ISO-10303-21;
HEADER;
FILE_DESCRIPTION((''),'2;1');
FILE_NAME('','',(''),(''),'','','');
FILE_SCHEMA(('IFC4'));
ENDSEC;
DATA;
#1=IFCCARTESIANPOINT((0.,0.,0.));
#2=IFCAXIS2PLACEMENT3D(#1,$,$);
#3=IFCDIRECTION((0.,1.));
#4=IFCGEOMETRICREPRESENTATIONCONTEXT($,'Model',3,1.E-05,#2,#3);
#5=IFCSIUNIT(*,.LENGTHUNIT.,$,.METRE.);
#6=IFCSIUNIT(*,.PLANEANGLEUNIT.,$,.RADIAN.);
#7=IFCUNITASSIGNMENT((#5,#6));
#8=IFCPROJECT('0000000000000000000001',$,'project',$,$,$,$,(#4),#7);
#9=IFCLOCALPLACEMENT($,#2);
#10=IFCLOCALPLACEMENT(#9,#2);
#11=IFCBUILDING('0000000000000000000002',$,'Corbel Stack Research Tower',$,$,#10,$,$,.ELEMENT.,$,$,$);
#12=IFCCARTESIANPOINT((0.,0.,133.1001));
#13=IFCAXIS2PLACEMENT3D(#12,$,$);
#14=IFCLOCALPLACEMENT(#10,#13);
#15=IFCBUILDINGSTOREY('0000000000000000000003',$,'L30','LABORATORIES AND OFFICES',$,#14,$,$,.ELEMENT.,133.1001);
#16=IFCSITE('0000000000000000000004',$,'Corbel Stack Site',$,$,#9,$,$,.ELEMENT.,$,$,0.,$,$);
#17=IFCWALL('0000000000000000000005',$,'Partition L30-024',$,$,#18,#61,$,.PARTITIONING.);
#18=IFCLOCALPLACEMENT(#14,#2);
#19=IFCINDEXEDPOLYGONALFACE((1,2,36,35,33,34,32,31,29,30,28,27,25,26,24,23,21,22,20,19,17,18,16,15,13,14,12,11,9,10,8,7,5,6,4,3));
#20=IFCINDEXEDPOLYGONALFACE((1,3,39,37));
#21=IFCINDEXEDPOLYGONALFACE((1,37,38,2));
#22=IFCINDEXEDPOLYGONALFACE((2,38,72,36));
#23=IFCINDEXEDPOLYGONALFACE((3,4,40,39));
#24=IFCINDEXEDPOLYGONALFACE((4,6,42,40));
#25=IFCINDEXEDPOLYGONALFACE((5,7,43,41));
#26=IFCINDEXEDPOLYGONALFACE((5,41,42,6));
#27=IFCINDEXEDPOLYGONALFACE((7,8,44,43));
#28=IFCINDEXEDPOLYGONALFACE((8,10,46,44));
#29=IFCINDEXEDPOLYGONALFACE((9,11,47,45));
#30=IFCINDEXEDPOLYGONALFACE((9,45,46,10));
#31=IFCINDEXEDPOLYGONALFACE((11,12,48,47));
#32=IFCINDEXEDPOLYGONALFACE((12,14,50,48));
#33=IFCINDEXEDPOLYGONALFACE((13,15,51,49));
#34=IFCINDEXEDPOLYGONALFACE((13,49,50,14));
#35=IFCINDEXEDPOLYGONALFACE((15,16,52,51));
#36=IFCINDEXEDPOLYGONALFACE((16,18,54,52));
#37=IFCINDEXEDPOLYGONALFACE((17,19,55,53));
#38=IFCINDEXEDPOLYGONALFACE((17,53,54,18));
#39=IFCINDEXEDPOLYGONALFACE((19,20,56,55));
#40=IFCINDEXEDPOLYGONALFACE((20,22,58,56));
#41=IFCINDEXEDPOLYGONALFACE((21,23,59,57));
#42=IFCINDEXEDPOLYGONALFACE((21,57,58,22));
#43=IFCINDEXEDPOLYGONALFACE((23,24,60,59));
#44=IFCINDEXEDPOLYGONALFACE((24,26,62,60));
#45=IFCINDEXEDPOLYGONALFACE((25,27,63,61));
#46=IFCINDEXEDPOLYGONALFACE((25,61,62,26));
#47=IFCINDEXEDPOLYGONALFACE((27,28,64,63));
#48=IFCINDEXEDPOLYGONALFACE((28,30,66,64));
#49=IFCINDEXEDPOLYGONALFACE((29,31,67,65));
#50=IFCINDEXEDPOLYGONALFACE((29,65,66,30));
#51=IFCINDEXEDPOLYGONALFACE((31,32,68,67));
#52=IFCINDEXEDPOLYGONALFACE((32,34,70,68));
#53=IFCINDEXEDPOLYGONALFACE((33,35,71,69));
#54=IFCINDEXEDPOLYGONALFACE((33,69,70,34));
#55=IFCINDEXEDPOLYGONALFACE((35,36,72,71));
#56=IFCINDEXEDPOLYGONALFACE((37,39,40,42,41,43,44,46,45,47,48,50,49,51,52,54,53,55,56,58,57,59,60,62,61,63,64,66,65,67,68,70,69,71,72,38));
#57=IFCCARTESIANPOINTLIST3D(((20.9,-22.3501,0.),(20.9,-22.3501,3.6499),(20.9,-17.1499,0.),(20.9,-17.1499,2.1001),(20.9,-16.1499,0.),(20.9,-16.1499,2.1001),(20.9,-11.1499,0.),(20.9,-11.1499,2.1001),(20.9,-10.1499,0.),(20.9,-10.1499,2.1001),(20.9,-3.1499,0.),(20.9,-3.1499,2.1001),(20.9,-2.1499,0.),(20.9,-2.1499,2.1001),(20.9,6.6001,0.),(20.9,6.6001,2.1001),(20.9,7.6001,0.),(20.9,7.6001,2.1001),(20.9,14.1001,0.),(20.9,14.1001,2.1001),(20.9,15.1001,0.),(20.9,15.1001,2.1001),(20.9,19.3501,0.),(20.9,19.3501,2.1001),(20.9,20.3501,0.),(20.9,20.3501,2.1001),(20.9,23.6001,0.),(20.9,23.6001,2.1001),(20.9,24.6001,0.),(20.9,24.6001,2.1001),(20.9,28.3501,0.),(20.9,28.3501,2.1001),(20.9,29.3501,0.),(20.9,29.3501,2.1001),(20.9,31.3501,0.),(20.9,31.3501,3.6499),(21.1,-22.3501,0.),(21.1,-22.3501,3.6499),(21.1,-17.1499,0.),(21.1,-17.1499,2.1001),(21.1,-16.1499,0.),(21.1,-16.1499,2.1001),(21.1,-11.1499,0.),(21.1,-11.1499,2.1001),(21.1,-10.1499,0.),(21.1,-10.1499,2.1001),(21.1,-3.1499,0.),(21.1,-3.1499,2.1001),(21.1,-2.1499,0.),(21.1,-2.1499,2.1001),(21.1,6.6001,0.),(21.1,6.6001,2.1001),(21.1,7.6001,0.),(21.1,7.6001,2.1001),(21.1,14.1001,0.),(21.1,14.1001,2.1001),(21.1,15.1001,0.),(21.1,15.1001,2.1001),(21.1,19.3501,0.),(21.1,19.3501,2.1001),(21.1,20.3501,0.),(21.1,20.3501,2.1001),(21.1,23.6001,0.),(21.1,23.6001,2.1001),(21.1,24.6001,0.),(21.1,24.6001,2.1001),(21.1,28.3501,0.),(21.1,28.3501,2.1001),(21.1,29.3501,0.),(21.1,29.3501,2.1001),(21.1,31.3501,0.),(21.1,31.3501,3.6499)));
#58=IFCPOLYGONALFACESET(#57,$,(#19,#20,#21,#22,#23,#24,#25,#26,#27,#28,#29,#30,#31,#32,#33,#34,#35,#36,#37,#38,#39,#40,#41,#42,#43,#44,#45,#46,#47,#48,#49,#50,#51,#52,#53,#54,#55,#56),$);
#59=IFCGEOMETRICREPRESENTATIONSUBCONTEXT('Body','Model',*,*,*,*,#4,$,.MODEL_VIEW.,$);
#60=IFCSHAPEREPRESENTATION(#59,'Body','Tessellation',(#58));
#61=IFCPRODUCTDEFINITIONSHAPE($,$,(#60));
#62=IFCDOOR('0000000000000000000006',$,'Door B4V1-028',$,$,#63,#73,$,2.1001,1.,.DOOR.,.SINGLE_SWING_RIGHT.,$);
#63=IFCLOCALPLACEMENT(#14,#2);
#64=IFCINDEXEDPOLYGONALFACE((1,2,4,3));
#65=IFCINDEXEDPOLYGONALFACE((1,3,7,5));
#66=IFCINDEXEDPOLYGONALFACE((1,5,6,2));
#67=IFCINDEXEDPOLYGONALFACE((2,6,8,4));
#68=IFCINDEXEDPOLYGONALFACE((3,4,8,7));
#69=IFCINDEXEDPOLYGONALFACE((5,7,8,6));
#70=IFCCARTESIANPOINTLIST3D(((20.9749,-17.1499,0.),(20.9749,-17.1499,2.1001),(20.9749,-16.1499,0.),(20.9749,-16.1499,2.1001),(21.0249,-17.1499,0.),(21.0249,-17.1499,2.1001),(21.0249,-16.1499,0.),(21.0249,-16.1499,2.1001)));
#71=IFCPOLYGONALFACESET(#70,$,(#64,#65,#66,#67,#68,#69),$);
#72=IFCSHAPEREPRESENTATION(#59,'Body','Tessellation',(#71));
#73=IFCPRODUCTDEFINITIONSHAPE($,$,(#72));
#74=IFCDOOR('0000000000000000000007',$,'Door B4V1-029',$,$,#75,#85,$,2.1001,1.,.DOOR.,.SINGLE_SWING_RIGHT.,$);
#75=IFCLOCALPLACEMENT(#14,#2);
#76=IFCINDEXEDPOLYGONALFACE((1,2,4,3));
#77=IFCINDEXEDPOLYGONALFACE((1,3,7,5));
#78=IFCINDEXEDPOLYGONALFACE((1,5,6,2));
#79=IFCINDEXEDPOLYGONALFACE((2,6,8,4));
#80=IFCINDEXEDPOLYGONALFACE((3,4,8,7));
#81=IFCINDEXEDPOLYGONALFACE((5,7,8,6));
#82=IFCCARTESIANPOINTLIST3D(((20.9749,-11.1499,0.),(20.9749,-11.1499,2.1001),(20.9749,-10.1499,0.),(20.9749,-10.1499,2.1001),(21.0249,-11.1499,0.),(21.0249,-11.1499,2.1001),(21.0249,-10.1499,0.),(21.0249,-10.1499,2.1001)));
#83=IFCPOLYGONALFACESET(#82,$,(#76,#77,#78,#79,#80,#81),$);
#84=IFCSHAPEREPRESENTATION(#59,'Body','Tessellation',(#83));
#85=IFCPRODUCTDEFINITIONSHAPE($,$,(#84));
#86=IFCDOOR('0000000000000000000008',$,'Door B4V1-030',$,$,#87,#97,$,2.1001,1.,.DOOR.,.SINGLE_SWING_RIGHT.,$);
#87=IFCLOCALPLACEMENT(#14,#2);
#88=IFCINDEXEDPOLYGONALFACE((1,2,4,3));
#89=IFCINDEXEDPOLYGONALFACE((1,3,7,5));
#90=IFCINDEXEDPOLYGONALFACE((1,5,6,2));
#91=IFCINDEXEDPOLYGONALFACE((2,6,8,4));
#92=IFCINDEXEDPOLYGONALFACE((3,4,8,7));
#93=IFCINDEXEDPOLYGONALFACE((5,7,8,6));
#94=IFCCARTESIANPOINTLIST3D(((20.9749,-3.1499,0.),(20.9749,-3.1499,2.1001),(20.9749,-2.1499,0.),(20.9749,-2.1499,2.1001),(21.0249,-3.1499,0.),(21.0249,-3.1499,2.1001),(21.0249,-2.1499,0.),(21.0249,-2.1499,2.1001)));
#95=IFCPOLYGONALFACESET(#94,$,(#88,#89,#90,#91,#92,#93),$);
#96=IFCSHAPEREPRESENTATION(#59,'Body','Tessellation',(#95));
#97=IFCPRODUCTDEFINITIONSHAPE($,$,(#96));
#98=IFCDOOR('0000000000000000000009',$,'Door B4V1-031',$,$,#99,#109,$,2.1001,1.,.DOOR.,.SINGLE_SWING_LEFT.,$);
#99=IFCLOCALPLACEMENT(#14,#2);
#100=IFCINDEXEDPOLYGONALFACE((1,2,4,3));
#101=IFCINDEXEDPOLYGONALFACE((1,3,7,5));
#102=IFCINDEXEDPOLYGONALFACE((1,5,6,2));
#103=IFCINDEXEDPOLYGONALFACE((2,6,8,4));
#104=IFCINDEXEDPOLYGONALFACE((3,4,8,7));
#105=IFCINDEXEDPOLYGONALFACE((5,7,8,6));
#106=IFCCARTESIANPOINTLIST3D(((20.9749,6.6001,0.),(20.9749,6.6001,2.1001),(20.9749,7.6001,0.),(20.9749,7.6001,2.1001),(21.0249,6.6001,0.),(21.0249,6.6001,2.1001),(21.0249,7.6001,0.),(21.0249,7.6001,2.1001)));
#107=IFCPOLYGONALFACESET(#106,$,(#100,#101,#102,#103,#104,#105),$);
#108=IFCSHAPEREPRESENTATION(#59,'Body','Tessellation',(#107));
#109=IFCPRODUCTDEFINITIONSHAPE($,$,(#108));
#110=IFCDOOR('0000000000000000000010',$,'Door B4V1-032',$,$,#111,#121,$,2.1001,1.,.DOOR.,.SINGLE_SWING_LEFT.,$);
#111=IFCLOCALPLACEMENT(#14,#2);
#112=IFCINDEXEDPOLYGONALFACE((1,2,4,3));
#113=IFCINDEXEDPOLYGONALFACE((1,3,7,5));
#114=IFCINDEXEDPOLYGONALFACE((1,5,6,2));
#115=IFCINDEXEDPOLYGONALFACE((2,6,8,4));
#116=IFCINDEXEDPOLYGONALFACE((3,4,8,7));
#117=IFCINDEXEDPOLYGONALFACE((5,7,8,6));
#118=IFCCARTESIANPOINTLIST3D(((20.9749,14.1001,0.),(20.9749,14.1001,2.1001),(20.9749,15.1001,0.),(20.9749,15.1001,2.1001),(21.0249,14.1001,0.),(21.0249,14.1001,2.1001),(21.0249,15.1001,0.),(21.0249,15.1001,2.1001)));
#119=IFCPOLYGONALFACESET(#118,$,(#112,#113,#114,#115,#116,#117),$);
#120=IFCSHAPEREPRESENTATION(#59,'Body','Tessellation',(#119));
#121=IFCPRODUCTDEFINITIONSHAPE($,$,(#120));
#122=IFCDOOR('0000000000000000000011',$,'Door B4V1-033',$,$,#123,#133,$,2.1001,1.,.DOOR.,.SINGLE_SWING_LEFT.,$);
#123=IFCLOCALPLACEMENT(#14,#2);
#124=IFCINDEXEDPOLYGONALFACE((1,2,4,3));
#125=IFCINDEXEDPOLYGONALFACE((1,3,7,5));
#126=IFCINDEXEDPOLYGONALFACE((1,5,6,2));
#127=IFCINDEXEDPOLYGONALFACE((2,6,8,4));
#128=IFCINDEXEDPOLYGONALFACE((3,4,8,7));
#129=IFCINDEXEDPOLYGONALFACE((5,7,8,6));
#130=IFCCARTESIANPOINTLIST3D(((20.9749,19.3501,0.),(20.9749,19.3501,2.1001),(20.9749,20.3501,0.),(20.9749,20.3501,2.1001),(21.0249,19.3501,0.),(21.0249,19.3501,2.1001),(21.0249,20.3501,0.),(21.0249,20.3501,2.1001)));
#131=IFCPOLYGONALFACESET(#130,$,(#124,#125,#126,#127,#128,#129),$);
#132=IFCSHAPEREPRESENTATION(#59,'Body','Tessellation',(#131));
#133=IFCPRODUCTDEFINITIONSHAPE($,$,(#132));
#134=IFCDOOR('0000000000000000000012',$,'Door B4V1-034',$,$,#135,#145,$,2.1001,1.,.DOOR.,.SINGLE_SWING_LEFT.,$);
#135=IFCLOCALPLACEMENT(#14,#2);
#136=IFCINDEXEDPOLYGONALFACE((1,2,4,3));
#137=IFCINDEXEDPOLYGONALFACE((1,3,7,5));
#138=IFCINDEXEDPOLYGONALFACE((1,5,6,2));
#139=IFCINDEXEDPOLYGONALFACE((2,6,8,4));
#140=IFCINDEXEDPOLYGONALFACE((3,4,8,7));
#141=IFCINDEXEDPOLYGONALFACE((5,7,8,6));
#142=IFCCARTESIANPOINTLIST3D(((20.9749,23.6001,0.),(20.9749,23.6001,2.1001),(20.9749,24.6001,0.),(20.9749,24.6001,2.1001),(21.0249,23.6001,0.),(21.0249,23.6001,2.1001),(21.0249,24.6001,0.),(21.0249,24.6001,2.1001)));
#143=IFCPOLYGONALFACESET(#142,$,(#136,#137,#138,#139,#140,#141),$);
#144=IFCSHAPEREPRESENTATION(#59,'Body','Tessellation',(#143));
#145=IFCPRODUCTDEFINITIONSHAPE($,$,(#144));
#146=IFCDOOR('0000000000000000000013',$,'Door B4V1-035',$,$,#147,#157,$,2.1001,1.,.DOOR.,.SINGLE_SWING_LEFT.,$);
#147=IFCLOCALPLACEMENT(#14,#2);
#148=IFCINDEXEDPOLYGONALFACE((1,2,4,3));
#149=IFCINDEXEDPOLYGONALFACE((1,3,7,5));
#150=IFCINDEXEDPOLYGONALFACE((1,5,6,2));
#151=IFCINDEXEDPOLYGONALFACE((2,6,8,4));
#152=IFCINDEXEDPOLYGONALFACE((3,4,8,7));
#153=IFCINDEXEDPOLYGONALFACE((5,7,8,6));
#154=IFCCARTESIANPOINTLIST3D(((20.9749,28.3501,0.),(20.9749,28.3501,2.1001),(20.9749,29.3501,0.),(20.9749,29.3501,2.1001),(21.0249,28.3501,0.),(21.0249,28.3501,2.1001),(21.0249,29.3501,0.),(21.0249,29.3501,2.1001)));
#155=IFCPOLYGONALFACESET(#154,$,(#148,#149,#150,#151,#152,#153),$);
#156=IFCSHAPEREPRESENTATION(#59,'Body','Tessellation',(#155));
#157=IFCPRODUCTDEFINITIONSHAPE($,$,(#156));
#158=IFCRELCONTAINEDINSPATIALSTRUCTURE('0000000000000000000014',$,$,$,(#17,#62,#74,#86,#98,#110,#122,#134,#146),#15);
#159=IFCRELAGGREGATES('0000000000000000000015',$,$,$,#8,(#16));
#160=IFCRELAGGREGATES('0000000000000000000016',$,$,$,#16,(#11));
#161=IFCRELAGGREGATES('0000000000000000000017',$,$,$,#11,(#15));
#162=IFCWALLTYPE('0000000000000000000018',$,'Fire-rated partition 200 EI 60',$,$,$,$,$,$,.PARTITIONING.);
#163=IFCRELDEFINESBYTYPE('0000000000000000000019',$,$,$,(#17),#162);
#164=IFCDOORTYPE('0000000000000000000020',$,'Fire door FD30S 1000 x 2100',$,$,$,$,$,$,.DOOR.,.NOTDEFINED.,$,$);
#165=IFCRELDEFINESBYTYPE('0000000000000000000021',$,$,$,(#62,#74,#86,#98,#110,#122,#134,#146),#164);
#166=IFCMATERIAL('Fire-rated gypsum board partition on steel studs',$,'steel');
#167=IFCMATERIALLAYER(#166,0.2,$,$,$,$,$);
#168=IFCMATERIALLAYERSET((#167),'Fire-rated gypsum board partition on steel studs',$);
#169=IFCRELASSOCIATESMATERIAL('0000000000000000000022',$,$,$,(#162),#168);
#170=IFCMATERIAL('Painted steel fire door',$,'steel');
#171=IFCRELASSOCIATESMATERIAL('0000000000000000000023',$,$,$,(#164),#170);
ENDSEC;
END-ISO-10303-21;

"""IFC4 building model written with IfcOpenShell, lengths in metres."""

from ifc_helpers import new_model, si_unit, direction, frame, frame_2d, origin, place, context, subcontext, project, spatial, rectangle, extrude, material, layer, layer_set, type_object, element, fill, save


model = new_model("IFC4")

# Units and contexts
model_context = context("Model", 3, precision=1e-05, world=origin(), true_north=direction((0.0, 1.0)))
body_context = subcontext(model_context, "Body", "Model", "MODEL_VIEW")
ifc_project = project(units=[si_unit("LENGTHUNIT", "METRE"), si_unit("PLANEANGLEUNIT", "RADIAN")], contexts=[model_context])

# Site, building, storey
site_placement = place(None, origin())
site = spatial("IfcSite", under=ifc_project, at=site_placement, Name="Corbel Stack Site", CompositionType="ELEMENT", RefElevation=0.0)
building_placement = place(site_placement, origin())
building = spatial("IfcBuilding", under=site, at=building_placement, Name="Corbel Stack Research Tower", CompositionType="ELEMENT")
storey_placement = place(building_placement, frame((0.0, 0.0, 133.1001)))
storey = spatial("IfcBuildingStorey", under=building, at=storey_placement, Name="L30", Description="LABORATORIES AND OFFICES", CompositionType="ELEMENT", Elevation=133.1001)

# Wall, openings, doors
ifc_material_1 = material(Name="Fire-rated gypsum board partition on steel studs", Category="steel")
ifc_layer_1 = layer(ifc_material_1, 0.2)
ifc_layer_set_1 = layer_set([ifc_layer_1], Name="Fire-rated gypsum board partition on steel studs")
wall_type_1 = type_object("IfcWallType", Name="Fire-rated partition 200 EI 60", PredefinedType="PARTITIONING", material=ifc_layer_set_1)
wall_1_placement = place(storey_placement, frame((21.0, 31.3501, 0.0), z_axis=(0.0, 0.0, 1.0), x_axis=(0.0, -1.0, 0.0)))
wall_1 = element("IfcWall", 1, at=wall_1_placement, inside=storey, type_object=wall_type_1, Name="Partition L30-024", PredefinedType="PARTITIONING", context=body_context, shape_type="SweptSolid", body=[
    extrude(rectangle(XDim=53.7002, YDim=0.2, at=frame_2d((26.8501, 0.0))), origin(), (0.0, 0.0, 1.0), 3.6499),
])
opening_1_placement = place(wall_1_placement, frame((47.5, 0.0, 0.0)))
opening_1 = element("IfcOpeningElement", 2, at=opening_1_placement, cuts=wall_1, PredefinedType="OPENING", context=body_context, shape_type="SweptSolid", body=[
    extrude(rectangle(XDim=1.0, YDim=2.1001, at=frame_2d((0.5, 1.05))), frame((0.0, 0.1099, 0.0), z_axis=(0.0, -1.0, 0.0), x_axis=(1.0, 0.0, 0.0)), (0.0, 0.0, 1.0), 0.22),
])
opening_2_placement = place(wall_1_placement, frame((41.5, 0.0, 0.0)))
opening_2 = element("IfcOpeningElement", 3, at=opening_2_placement, cuts=wall_1, PredefinedType="OPENING", context=body_context, shape_type="SweptSolid", body=[
    extrude(rectangle(XDim=1.0, YDim=2.1001, at=frame_2d((0.5, 1.05))), frame((0.0, 0.1099, 0.0), z_axis=(0.0, -1.0, 0.0), x_axis=(1.0, 0.0, 0.0)), (0.0, 0.0, 1.0), 0.22),
])
opening_3_placement = place(wall_1_placement, frame((33.5, 0.0, 0.0)))
opening_3 = element("IfcOpeningElement", 4, at=opening_3_placement, cuts=wall_1, PredefinedType="OPENING", context=body_context, shape_type="SweptSolid", body=[
    extrude(rectangle(XDim=1.0, YDim=2.1001, at=frame_2d((0.5, 1.05))), frame((0.0, 0.1099, 0.0), z_axis=(0.0, -1.0, 0.0), x_axis=(1.0, 0.0, 0.0)), (0.0, 0.0, 1.0), 0.22),
])
opening_4_placement = place(wall_1_placement, frame((23.75, 0.0, 0.0)))
opening_4 = element("IfcOpeningElement", 5, at=opening_4_placement, cuts=wall_1, PredefinedType="OPENING", context=body_context, shape_type="SweptSolid", body=[
    extrude(rectangle(XDim=1.0, YDim=2.1001, at=frame_2d((0.5, 1.05))), frame((0.0, 0.1099, 0.0), z_axis=(0.0, -1.0, 0.0), x_axis=(1.0, 0.0, 0.0)), (0.0, 0.0, 1.0), 0.22),
])
opening_5_placement = place(wall_1_placement, frame((16.25, 0.0, 0.0)))
opening_5 = element("IfcOpeningElement", 6, at=opening_5_placement, cuts=wall_1, PredefinedType="OPENING", context=body_context, shape_type="SweptSolid", body=[
    extrude(rectangle(XDim=1.0, YDim=2.1001, at=frame_2d((0.5, 1.05))), frame((0.0, 0.1099, 0.0), z_axis=(0.0, -1.0, 0.0), x_axis=(1.0, 0.0, 0.0)), (0.0, 0.0, 1.0), 0.22),
])
opening_6_placement = place(wall_1_placement, frame((11.0, 0.0, 0.0)))
opening_6 = element("IfcOpeningElement", 7, at=opening_6_placement, cuts=wall_1, PredefinedType="OPENING", context=body_context, shape_type="SweptSolid", body=[
    extrude(rectangle(XDim=1.0, YDim=2.1001, at=frame_2d((0.5, 1.05))), frame((0.0, 0.1099, 0.0), z_axis=(0.0, -1.0, 0.0), x_axis=(1.0, 0.0, 0.0)), (0.0, 0.0, 1.0), 0.22),
])
opening_7_placement = place(wall_1_placement, frame((6.75, 0.0, 0.0)))
opening_7 = element("IfcOpeningElement", 8, at=opening_7_placement, cuts=wall_1, PredefinedType="OPENING", context=body_context, shape_type="SweptSolid", body=[
    extrude(rectangle(XDim=1.0, YDim=2.1001, at=frame_2d((0.5, 1.05))), frame((0.0, 0.1099, 0.0), z_axis=(0.0, -1.0, 0.0), x_axis=(1.0, 0.0, 0.0)), (0.0, 0.0, 1.0), 0.22),
])
opening_8_placement = place(wall_1_placement, frame((2.0, 0.0, 0.0)))
opening_8 = element("IfcOpeningElement", 9, at=opening_8_placement, cuts=wall_1, PredefinedType="OPENING", context=body_context, shape_type="SweptSolid", body=[
    extrude(rectangle(XDim=1.0, YDim=2.1001, at=frame_2d((0.5, 1.05))), frame((0.0, 0.1099, 0.0), z_axis=(0.0, -1.0, 0.0), x_axis=(1.0, 0.0, 0.0)), (0.0, 0.0, 1.0), 0.22),
])
ifc_material_2 = material(Name="Painted steel fire door", Category="steel")
door_type_1 = type_object("IfcDoorType", Name="Fire door FD30S 1000 x 2100", OperationType="NOTDEFINED", PredefinedType="DOOR", material=ifc_material_2)
door_1_placement = place(opening_1_placement, origin())
door_1 = element("IfcDoor", 10, at=door_1_placement, inside=storey, type_object=door_type_1, Name="Door B4V1-028", OperationType="SINGLE_SWING_RIGHT", OverallHeight=2.1001, OverallWidth=1.0, PredefinedType="DOOR", context=body_context, shape_type="SweptSolid", body=[
    extrude(rectangle(XDim=1.0, YDim=2.1001, at=frame_2d((0.5, 1.05))), frame((0.0, 0.0249, 0.0), z_axis=(0.0, -1.0, 0.0), x_axis=(1.0, 0.0, 0.0)), (0.0, 0.0, 1.0), 0.05),
])
fill(opening_1, door_1)
door_2_placement = place(opening_2_placement, origin())
door_2 = element("IfcDoor", 11, at=door_2_placement, inside=storey, type_object=door_type_1, Name="Door B4V1-029", OperationType="SINGLE_SWING_RIGHT", OverallHeight=2.1001, OverallWidth=1.0, PredefinedType="DOOR", context=body_context, shape_type="SweptSolid", body=[
    extrude(rectangle(XDim=1.0, YDim=2.1001, at=frame_2d((0.5, 1.05))), frame((0.0, 0.0249, 0.0), z_axis=(0.0, -1.0, 0.0), x_axis=(1.0, 0.0, 0.0)), (0.0, 0.0, 1.0), 0.05),
])
fill(opening_2, door_2)
door_3_placement = place(opening_3_placement, origin())
door_3 = element("IfcDoor", 12, at=door_3_placement, inside=storey, type_object=door_type_1, Name="Door B4V1-030", OperationType="SINGLE_SWING_RIGHT", OverallHeight=2.1001, OverallWidth=1.0, PredefinedType="DOOR", context=body_context, shape_type="SweptSolid", body=[
    extrude(rectangle(XDim=1.0, YDim=2.1001, at=frame_2d((0.5, 1.05))), frame((0.0, 0.0249, 0.0), z_axis=(0.0, -1.0, 0.0), x_axis=(1.0, 0.0, 0.0)), (0.0, 0.0, 1.0), 0.05),
])
fill(opening_3, door_3)
door_4_placement = place(opening_4_placement, origin())
door_4 = element("IfcDoor", 13, at=door_4_placement, inside=storey, type_object=door_type_1, Name="Door B4V1-031", OperationType="SINGLE_SWING_LEFT", OverallHeight=2.1001, OverallWidth=1.0, PredefinedType="DOOR", context=body_context, shape_type="SweptSolid", body=[
    extrude(rectangle(XDim=1.0, YDim=2.1001, at=frame_2d((0.5, 1.05))), frame((0.0, 0.0249, 0.0), z_axis=(0.0, -1.0, 0.0), x_axis=(1.0, 0.0, 0.0)), (0.0, 0.0, 1.0), 0.05),
])
fill(opening_4, door_4)
door_5_placement = place(opening_5_placement, origin())
door_5 = element("IfcDoor", 14, at=door_5_placement, inside=storey, type_object=door_type_1, Name="Door B4V1-032", OperationType="SINGLE_SWING_LEFT", OverallHeight=2.1001, OverallWidth=1.0, PredefinedType="DOOR", context=body_context, shape_type="SweptSolid", body=[
    extrude(rectangle(XDim=1.0, YDim=2.1001, at=frame_2d((0.5, 1.05))), frame((0.0, 0.0249, 0.0), z_axis=(0.0, -1.0, 0.0), x_axis=(1.0, 0.0, 0.0)), (0.0, 0.0, 1.0), 0.05),
])
fill(opening_5, door_5)
door_6_placement = place(opening_6_placement, origin())
door_6 = element("IfcDoor", 15, at=door_6_placement, inside=storey, type_object=door_type_1, Name="Door B4V1-033", OperationType="SINGLE_SWING_LEFT", OverallHeight=2.1001, OverallWidth=1.0, PredefinedType="DOOR", context=body_context, shape_type="SweptSolid", body=[
    extrude(rectangle(XDim=1.0, YDim=2.1001, at=frame_2d((0.5, 1.05))), frame((0.0, 0.0249, 0.0), z_axis=(0.0, -1.0, 0.0), x_axis=(1.0, 0.0, 0.0)), (0.0, 0.0, 1.0), 0.05),
])
fill(opening_6, door_6)
door_7_placement = place(opening_7_placement, origin())
door_7 = element("IfcDoor", 16, at=door_7_placement, inside=storey, type_object=door_type_1, Name="Door B4V1-034", OperationType="SINGLE_SWING_LEFT", OverallHeight=2.1001, OverallWidth=1.0, PredefinedType="DOOR", context=body_context, shape_type="SweptSolid", body=[
    extrude(rectangle(XDim=1.0, YDim=2.1001, at=frame_2d((0.5, 1.05))), frame((0.0, 0.0249, 0.0), z_axis=(0.0, -1.0, 0.0), x_axis=(1.0, 0.0, 0.0)), (0.0, 0.0, 1.0), 0.05),
])
fill(opening_7, door_7)
door_8_placement = place(opening_8_placement, origin())
door_8 = element("IfcDoor", 17, at=door_8_placement, inside=storey, type_object=door_type_1, Name="Door B4V1-035", OperationType="SINGLE_SWING_LEFT", OverallHeight=2.1001, OverallWidth=1.0, PredefinedType="DOOR", context=body_context, shape_type="SweptSolid", body=[
    extrude(rectangle(XDim=1.0, YDim=2.1001, at=frame_2d((0.5, 1.05))), frame((0.0, 0.0249, 0.0), z_axis=(0.0, -1.0, 0.0), x_axis=(1.0, 0.0, 0.0)), (0.0, 0.0, 1.0), 0.05),
])
fill(opening_8, door_8)

save(model, "model.ifc")
